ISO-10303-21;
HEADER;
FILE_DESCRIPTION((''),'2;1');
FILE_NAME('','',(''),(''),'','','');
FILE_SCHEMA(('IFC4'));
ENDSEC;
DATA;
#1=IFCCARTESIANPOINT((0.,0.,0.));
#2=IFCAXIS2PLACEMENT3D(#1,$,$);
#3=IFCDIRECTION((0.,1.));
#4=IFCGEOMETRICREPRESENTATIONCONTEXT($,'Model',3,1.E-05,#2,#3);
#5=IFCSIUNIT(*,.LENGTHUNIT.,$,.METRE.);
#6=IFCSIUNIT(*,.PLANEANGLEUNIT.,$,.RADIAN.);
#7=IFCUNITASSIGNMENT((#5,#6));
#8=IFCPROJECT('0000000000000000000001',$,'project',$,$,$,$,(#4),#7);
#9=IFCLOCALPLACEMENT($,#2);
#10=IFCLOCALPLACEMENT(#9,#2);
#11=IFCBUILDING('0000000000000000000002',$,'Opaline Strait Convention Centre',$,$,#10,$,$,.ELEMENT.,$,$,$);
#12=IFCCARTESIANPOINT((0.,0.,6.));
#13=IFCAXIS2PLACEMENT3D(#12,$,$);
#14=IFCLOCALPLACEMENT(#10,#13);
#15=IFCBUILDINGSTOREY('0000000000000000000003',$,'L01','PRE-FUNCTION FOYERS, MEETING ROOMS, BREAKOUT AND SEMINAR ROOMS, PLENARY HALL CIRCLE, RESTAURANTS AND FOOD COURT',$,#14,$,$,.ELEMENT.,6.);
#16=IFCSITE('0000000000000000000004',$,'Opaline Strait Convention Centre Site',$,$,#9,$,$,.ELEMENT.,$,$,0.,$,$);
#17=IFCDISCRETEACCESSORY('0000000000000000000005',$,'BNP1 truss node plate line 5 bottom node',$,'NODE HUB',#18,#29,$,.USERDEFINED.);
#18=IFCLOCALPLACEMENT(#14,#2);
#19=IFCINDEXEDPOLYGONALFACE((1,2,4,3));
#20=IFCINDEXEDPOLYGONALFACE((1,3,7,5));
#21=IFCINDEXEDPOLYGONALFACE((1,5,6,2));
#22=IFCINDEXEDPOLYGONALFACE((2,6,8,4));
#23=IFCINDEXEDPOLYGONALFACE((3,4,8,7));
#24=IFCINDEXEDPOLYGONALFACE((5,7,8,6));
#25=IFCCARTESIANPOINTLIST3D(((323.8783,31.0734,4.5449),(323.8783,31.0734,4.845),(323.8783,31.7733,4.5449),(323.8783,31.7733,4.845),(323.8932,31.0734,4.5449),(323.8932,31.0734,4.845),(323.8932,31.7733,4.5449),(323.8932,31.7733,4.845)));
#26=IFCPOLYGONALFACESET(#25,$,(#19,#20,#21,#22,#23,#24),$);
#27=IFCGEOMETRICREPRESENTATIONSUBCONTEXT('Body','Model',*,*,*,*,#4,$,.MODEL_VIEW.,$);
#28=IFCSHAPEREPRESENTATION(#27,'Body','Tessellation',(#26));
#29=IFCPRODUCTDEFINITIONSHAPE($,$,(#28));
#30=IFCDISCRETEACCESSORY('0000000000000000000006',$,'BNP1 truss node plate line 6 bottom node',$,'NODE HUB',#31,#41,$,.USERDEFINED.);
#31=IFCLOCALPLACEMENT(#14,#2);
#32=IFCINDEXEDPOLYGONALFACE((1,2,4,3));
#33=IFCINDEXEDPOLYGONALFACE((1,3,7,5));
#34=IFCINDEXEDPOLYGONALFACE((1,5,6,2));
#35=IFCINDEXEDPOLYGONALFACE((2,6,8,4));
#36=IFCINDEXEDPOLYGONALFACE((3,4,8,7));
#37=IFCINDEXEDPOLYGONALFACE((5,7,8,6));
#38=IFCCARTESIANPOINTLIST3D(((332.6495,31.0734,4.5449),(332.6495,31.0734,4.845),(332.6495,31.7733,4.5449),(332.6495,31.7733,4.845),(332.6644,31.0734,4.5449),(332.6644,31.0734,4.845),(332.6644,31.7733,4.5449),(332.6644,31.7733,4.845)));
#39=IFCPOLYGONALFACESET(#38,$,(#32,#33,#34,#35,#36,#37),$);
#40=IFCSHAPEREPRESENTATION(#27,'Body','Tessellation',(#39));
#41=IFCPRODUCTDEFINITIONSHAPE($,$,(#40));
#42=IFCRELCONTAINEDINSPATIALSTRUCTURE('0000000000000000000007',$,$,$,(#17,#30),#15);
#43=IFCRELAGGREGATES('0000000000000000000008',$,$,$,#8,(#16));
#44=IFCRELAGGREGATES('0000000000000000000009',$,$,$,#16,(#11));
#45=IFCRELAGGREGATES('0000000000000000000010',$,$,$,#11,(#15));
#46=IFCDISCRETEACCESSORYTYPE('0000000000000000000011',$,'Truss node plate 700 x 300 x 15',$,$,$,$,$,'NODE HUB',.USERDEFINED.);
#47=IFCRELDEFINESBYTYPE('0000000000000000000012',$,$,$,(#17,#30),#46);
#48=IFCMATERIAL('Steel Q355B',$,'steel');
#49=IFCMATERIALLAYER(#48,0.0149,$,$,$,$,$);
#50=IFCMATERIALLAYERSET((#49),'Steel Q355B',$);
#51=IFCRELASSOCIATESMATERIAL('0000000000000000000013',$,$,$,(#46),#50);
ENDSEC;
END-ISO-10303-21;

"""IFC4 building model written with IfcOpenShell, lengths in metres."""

from ifc_helpers import new_model, si_unit, direction, frame, origin, origin_2d, place, context, subcontext, project, spatial, rectangle, extrude, material, layer, layer_set, type_object, element, save


model = new_model("IFC4")

# Units and contexts
model_context = context("Model", 3, precision=1e-05, world=origin(), true_north=direction((0.0, 1.0)))
body_context = subcontext(model_context, "Body", "Model", "MODEL_VIEW")
ifc_project = project(units=[si_unit("LENGTHUNIT", "METRE"), si_unit("PLANEANGLEUNIT", "RADIAN")], contexts=[model_context])

# Site, building, storey
site_placement = place(None, origin())
site = spatial("IfcSite", under=ifc_project, at=site_placement, Name="Opaline Strait Convention Centre Site", CompositionType="ELEMENT", RefElevation=0.0)
building_placement = place(site_placement, origin())
building = spatial("IfcBuilding", under=site, at=building_placement, Name="Opaline Strait Convention Centre", CompositionType="ELEMENT")
storey_placement = place(building_placement, frame((0.0, 0.0, 6.0)))
storey = spatial("IfcBuildingStorey", under=building, at=storey_placement, Name="L01", Description="PRE-FUNCTION FOYERS, MEETING ROOMS, BREAKOUT AND SEMINAR ROOMS, PLENARY HALL CIRCLE, RESTAURANTS AND FOOD COURT", CompositionType="ELEMENT", Elevation=6.0)

# Shared definitions
ifc_material_1 = material(Name="Steel Q355B", Category="steel")

# Discrete accessories
ifc_layer_1 = layer(ifc_material_1, 0.0149)
ifc_layer_set_1 = layer_set([ifc_layer_1], Name="Steel Q355B")
discrete_accessory_type = type_object("IfcDiscreteAccessoryType", Name="Truss node plate 700 x 300 x 15", ElementType="NODE HUB", PredefinedType="USERDEFINED", material=ifc_layer_set_1)
for number, where, z_axis, x_axis, name in (
    (1, (323.8857, 31.4233, 4.5449), (0.0, 0.0, 1.0), (1.0, 0.0, 0.0), "BNP1 truss node plate line 5 bottom node"),
    (2, (332.657, 31.4233, 4.5449), (0.0, 0.0, 1.0), (1.0, 0.0, 0.0), "BNP1 truss node plate line 6 bottom node"),
):
    element("IfcDiscreteAccessory", number, at=place(storey_placement, frame(where, z_axis=z_axis, x_axis=x_axis)), inside=storey, type_object=discrete_accessory_type, Name=name, ObjectType="NODE HUB", PredefinedType="USERDEFINED", context=body_context, shape_type="SweptSolid", body=[
        extrude(rectangle(XDim=0.0149, YDim=0.7, at=origin_2d()), origin(), (0.0, 0.0, 1.0), 0.3),
    ])

save(model, "model.ifc")
